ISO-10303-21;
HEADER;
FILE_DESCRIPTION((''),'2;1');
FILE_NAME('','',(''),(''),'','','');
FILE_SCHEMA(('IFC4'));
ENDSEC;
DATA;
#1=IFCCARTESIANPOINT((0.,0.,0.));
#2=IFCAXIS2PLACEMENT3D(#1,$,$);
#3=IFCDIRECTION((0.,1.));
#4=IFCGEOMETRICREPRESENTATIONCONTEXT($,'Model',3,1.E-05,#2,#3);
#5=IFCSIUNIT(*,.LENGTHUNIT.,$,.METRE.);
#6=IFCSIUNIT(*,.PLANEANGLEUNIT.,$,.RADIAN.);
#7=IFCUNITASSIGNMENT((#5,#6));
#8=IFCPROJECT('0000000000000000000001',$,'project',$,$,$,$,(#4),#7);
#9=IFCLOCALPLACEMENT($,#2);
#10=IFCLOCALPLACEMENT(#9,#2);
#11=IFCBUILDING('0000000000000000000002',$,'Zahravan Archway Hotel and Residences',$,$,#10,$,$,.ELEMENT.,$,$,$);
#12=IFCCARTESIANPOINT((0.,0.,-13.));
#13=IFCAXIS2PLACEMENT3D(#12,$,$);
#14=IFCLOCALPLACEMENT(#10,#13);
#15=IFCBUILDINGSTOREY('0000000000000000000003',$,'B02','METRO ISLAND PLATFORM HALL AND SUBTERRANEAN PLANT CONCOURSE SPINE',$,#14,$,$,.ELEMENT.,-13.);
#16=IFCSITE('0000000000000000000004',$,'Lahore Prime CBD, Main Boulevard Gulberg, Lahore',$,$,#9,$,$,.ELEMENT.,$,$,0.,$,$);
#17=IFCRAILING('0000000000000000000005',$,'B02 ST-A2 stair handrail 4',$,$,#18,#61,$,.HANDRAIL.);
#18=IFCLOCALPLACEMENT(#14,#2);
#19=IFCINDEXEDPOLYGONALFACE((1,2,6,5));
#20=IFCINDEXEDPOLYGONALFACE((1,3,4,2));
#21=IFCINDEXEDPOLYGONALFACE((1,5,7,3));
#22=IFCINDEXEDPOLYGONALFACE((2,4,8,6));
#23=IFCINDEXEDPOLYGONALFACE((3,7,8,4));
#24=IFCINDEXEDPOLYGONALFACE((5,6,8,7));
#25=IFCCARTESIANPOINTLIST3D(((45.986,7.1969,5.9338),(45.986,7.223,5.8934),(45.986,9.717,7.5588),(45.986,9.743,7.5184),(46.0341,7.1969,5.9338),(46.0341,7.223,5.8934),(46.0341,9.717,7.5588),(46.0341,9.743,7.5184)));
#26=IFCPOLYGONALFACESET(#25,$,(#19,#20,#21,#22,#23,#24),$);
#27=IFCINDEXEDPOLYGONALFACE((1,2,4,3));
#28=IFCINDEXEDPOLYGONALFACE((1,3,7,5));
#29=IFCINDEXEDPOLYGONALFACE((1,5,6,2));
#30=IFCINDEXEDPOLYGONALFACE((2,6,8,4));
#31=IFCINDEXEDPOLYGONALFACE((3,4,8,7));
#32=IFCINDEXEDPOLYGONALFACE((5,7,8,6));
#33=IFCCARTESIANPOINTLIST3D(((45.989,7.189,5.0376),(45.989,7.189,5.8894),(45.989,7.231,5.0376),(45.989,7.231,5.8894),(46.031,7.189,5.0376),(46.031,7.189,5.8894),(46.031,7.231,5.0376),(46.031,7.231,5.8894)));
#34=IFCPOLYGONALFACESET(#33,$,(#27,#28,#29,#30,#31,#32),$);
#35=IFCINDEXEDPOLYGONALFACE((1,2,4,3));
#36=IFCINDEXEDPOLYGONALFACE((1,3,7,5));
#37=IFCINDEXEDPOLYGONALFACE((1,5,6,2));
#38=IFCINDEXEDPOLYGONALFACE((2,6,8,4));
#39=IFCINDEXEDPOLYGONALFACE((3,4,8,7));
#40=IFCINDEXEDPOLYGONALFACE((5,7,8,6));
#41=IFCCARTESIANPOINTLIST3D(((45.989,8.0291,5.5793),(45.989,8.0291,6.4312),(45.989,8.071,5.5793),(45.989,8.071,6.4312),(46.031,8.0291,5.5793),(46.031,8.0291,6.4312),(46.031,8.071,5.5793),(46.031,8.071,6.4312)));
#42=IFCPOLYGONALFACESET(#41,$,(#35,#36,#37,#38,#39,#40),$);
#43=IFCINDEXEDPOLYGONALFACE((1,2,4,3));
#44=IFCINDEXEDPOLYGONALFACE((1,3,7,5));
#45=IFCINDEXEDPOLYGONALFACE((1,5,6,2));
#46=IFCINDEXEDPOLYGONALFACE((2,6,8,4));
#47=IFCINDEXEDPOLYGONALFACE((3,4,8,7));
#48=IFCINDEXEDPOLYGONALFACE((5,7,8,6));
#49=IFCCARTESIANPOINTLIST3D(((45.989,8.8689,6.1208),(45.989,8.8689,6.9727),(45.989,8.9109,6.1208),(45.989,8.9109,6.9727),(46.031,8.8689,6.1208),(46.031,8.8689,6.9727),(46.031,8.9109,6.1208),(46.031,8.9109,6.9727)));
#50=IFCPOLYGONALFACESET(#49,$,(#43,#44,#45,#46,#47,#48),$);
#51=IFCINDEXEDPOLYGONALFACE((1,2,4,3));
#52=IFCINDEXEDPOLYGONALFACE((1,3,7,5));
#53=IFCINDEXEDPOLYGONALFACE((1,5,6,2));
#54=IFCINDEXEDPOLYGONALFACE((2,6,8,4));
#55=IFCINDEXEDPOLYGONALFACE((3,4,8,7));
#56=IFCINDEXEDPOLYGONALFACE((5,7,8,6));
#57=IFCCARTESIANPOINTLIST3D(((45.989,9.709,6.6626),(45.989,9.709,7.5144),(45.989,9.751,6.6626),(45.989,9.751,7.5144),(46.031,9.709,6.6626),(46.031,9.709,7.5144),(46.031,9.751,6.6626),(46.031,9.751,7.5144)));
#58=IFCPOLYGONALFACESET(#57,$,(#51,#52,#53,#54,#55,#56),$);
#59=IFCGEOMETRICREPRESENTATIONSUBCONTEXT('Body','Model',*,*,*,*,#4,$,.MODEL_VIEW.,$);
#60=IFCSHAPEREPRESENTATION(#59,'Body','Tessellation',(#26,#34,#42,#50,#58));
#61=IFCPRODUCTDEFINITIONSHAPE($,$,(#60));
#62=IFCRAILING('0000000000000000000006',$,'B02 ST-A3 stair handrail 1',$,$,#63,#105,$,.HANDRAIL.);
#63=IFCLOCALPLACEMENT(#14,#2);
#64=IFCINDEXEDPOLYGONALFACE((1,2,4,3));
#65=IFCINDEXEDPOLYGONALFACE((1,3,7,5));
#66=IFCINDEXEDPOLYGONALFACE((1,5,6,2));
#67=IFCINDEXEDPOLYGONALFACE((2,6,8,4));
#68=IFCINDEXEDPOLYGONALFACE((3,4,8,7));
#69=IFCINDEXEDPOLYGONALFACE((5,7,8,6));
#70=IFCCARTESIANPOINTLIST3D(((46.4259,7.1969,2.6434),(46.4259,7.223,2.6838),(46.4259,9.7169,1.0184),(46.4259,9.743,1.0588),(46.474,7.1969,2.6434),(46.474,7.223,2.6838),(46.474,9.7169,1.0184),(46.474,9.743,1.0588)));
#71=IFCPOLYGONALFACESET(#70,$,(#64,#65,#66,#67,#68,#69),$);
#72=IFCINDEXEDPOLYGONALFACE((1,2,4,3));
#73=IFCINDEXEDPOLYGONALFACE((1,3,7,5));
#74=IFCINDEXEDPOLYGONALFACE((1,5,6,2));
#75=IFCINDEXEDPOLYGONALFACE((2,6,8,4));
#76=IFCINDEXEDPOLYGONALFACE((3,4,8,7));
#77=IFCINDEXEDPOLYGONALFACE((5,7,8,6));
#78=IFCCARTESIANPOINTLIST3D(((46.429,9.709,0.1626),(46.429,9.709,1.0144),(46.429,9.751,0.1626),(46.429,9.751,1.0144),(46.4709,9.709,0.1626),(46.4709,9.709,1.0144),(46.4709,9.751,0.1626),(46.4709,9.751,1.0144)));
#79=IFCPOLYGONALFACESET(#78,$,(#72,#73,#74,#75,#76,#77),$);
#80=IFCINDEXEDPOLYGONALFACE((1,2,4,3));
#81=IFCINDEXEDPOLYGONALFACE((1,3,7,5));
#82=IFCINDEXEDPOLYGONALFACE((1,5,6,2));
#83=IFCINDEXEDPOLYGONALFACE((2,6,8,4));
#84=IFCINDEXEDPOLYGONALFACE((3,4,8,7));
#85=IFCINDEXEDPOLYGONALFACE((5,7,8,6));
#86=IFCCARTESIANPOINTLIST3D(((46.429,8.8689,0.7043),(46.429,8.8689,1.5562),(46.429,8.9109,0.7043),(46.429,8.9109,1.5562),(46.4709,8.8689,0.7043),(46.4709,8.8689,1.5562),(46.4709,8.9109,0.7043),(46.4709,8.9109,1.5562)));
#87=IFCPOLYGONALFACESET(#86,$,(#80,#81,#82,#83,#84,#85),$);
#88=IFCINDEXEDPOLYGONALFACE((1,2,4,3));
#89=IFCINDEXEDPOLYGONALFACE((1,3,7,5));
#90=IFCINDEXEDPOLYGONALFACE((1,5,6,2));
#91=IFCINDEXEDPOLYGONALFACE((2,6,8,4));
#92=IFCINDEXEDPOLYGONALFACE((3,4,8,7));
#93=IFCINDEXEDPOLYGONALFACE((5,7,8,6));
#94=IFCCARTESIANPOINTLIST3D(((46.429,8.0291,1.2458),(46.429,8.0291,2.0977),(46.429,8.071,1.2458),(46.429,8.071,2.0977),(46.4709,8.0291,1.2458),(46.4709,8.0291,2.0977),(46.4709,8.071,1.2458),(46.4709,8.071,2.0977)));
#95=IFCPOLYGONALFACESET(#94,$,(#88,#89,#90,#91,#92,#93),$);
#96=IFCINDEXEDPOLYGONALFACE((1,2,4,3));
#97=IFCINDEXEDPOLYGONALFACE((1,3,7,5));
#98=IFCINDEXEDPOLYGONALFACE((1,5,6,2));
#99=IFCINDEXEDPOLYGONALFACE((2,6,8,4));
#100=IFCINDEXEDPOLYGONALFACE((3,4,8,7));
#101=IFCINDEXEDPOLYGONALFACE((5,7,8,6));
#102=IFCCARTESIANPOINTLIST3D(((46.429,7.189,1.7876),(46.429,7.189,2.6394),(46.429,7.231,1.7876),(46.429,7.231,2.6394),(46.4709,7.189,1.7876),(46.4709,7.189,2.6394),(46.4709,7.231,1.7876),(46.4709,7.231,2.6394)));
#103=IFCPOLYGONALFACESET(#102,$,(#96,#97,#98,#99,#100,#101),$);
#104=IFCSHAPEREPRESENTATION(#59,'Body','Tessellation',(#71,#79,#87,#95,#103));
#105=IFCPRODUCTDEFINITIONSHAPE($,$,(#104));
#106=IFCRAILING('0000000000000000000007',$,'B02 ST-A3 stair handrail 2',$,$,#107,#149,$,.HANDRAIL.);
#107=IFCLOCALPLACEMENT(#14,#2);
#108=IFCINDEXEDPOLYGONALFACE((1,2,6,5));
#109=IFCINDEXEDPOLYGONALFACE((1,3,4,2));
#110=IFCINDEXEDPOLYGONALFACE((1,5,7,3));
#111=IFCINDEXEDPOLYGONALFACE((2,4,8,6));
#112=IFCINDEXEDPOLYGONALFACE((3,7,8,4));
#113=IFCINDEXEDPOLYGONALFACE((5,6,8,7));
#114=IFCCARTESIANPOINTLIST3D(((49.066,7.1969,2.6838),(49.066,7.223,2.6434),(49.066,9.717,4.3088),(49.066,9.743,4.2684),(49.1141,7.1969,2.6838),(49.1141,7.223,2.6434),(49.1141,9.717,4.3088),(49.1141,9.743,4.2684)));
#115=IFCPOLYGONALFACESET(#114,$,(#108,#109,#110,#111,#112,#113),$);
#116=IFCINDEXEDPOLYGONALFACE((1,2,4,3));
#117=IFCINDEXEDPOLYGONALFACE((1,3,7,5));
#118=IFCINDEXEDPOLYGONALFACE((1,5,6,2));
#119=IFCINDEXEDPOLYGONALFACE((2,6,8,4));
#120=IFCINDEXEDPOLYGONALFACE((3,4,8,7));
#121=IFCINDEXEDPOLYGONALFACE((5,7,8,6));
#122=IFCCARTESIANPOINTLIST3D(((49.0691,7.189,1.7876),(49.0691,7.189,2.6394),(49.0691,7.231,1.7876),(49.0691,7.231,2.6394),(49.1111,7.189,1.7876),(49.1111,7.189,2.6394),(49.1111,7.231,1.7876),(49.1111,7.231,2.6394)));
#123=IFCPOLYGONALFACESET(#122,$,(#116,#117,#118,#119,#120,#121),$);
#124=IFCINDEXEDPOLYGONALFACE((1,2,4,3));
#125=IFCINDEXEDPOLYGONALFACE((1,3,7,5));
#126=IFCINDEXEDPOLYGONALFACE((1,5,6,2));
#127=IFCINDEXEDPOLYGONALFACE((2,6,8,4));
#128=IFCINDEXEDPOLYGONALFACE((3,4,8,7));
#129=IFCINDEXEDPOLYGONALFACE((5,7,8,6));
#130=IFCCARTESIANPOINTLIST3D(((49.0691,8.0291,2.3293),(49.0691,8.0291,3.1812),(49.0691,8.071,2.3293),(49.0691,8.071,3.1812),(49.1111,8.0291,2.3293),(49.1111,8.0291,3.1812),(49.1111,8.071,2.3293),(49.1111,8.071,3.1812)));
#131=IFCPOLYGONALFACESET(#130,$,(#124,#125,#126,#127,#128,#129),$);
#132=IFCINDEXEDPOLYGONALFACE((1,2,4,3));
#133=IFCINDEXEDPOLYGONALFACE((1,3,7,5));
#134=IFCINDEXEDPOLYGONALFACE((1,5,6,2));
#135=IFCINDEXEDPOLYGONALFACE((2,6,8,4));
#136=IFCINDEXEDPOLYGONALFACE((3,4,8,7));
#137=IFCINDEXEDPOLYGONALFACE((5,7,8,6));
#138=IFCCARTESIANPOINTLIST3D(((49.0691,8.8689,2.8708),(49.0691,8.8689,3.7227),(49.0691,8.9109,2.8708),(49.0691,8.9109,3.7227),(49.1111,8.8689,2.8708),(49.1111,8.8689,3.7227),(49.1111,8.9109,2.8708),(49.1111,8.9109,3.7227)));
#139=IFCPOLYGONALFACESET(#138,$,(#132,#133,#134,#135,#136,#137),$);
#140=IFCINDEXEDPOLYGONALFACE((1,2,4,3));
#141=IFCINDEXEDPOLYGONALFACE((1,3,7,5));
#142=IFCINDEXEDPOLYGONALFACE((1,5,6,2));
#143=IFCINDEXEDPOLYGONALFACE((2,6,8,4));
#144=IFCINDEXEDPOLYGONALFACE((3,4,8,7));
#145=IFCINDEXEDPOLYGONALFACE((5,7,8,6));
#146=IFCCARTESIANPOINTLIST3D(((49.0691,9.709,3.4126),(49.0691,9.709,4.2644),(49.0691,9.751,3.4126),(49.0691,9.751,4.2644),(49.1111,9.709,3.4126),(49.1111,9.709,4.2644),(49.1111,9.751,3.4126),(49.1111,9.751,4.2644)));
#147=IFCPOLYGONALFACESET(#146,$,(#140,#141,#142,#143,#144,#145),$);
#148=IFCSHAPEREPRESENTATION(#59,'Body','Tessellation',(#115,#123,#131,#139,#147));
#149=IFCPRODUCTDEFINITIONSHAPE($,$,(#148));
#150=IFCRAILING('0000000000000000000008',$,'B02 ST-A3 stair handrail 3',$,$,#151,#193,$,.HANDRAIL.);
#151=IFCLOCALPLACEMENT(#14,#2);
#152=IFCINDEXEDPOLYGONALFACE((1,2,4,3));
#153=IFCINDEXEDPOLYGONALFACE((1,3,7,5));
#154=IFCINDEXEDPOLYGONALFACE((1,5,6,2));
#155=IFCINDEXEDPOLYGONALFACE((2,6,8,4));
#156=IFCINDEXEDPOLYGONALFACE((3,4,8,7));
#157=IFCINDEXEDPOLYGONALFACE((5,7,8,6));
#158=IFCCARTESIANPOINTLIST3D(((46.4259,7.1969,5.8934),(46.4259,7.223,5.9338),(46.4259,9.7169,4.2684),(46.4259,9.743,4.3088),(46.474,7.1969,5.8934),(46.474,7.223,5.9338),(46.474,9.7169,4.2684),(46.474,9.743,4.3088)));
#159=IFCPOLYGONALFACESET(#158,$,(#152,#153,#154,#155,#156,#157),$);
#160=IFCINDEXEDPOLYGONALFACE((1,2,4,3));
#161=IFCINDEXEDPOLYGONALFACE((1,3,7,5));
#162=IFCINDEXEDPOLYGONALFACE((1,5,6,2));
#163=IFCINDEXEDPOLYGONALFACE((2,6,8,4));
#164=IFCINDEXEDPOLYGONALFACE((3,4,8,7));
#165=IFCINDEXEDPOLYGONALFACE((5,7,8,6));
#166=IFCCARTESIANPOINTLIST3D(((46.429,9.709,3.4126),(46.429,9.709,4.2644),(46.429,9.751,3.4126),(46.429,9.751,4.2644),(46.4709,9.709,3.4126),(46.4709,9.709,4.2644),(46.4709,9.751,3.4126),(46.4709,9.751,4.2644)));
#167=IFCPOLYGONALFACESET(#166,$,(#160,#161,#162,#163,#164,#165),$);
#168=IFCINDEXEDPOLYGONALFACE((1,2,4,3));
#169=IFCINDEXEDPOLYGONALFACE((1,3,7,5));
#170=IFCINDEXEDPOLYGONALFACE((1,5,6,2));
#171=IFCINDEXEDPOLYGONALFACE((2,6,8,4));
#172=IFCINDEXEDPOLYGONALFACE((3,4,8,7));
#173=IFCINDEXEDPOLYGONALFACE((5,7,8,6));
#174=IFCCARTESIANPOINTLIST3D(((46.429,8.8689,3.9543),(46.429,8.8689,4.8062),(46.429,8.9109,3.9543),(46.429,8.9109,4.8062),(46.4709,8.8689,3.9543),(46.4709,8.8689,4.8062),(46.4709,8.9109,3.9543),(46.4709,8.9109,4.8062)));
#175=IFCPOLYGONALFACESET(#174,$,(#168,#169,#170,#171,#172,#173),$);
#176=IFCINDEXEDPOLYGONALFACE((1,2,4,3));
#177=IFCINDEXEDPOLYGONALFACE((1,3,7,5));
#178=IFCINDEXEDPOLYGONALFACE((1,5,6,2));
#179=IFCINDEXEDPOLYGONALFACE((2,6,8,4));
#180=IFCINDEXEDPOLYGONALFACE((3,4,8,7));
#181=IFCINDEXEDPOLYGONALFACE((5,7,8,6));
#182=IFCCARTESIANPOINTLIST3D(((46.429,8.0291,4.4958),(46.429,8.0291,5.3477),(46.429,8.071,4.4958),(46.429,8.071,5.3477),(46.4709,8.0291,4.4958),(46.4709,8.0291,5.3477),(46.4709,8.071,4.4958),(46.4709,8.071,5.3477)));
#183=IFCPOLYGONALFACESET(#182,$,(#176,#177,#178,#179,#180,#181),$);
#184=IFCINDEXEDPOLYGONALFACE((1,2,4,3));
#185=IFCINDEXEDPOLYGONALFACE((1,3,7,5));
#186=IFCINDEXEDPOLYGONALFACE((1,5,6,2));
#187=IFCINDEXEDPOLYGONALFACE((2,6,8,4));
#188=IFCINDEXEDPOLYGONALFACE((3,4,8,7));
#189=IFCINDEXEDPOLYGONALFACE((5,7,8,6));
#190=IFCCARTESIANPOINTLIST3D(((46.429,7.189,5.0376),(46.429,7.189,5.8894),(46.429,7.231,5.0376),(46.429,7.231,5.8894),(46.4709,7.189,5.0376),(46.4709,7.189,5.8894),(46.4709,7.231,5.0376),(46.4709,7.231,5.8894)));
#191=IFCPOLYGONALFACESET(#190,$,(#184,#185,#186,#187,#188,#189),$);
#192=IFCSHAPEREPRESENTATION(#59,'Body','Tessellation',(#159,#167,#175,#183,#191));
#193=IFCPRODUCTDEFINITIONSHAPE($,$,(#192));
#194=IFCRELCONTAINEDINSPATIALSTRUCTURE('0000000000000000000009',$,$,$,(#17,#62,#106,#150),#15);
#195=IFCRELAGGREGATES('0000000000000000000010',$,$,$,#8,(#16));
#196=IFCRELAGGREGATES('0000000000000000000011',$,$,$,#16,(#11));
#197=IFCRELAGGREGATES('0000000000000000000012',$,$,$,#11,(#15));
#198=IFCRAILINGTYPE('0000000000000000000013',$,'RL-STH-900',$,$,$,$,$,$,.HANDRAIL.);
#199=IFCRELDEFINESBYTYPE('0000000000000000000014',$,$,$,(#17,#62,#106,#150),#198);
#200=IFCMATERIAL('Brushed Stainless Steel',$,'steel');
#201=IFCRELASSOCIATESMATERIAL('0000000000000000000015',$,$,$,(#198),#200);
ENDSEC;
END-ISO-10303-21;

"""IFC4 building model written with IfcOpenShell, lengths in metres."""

from ifc_helpers import new_model, si_unit, direction, frame, origin, origin_2d, place, context, subcontext, project, spatial, rectangle, extrude, material, type_object, element, save


model = new_model("IFC4")

# Units and contexts
model_context = context("Model", 3, precision=1e-05, world=origin(), true_north=direction((0.0, 1.0)))
body_context = subcontext(model_context, "Body", "Model", "MODEL_VIEW")
ifc_project = project(units=[si_unit("LENGTHUNIT", "METRE"), si_unit("PLANEANGLEUNIT", "RADIAN")], contexts=[model_context])

# Site, building, storey
site_placement = place(None, origin())
site = spatial("IfcSite", under=ifc_project, at=site_placement, Name="Lahore Prime CBD, Main Boulevard Gulberg, Lahore", CompositionType="ELEMENT", RefElevation=0.0)
building_placement = place(site_placement, origin())
building = spatial("IfcBuilding", under=site, at=building_placement, Name="Zahravan Archway Hotel and Residences", CompositionType="ELEMENT")
storey_placement = place(building_placement, frame((0.0, 0.0, -13.0)))
storey = spatial("IfcBuildingStorey", under=building, at=storey_placement, Name="B02", Description="METRO ISLAND PLATFORM HALL AND SUBTERRANEAN PLANT CONCOURSE SPINE", CompositionType="ELEMENT", Elevation=-13.0)

# Railings
ifc_material_1 = material(Name="Brushed Stainless Steel", Category="steel")
railing_type_1 = type_object("IfcRailingType", Name="RL-STH-900", PredefinedType="HANDRAIL", material=ifc_material_1)
for number, where, name in (
    (1, (46.01, 7.21, 5.0376), "B02 ST-A2 stair handrail 4"),
):
    element("IfcRailing", number, at=place(storey_placement, frame(where)), inside=storey, type_object=railing_type_1, Name=name, PredefinedType="HANDRAIL", context=body_context, shape_type="SweptSolid", body=[
        extrude(rectangle(XDim=0.0481, YDim=0.0481, at=origin_2d()), frame((0.0, 0.0, 0.876), z_axis=(0.0, 0.840421, 0.541934), x_axis=(-1.0, 0.0, 0.0)), (0.0, 0.0, 1.0), 2.9985),
        extrude(rectangle(XDim=0.042, YDim=0.042, at=origin_2d()), origin(), (0.0, 0.0, 1.0), 0.8518),
        extrude(rectangle(XDim=0.042, YDim=0.042, at=origin_2d()), frame((0.0, 0.8401, 0.5417)), (0.0, 0.0, 1.0), 0.8518),
        extrude(rectangle(XDim=0.042, YDim=0.042, at=origin_2d()), frame((0.0, 1.6799, 1.0833)), (0.0, 0.0, 1.0), 0.8518),
        extrude(rectangle(XDim=0.042, YDim=0.042, at=origin_2d()), frame((0.0, 2.52, 1.625)), (0.0, 0.0, 1.0), 0.8518),
    ])
railing_1_placement = place(storey_placement, frame((46.45, 9.73, 0.1626)))
element("IfcRailing", 2, at=railing_1_placement, inside=storey, type_object=railing_type_1, Name="B02 ST-A3 stair handrail 1", PredefinedType="HANDRAIL", context=body_context, shape_type="SweptSolid", body=[
    extrude(rectangle(XDim=0.0481, YDim=0.0481, at=origin_2d()), frame((0.0, 0.0, 0.876), z_axis=(0.0, -0.840421, 0.541934), x_axis=(1.0, 0.0, 0.0)), (0.0, 0.0, 1.0), 2.9985),
    extrude(rectangle(XDim=0.042, YDim=0.042, at=origin_2d()), origin(), (0.0, 0.0, 1.0), 0.8518),
    extrude(rectangle(XDim=0.042, YDim=0.042, at=origin_2d()), frame((0.0, -0.8401, 0.5417)), (0.0, 0.0, 1.0), 0.8518),
    extrude(rectangle(XDim=0.042, YDim=0.042, at=origin_2d()), frame((0.0, -1.6799, 1.0833)), (0.0, 0.0, 1.0), 0.8518),
    extrude(rectangle(XDim=0.042, YDim=0.042, at=origin_2d()), frame((0.0, -2.52, 1.625)), (0.0, 0.0, 1.0), 0.8518),
])
railing_2_placement = place(storey_placement, frame((49.0901, 7.21, 1.7876)))
element("IfcRailing", 3, at=railing_2_placement, inside=storey, type_object=railing_type_1, Name="B02 ST-A3 stair handrail 2", PredefinedType="HANDRAIL", context=body_context, shape_type="SweptSolid", body=[
    extrude(rectangle(XDim=0.0481, YDim=0.0481, at=origin_2d()), frame((0.0, 0.0, 0.876), z_axis=(0.0, 0.840421, 0.541934), x_axis=(-1.0, 0.0, 0.0)), (0.0, 0.0, 1.0), 2.9985),
    extrude(rectangle(XDim=0.042, YDim=0.042, at=origin_2d()), origin(), (0.0, 0.0, 1.0), 0.8518),
    extrude(rectangle(XDim=0.042, YDim=0.042, at=origin_2d()), frame((0.0, 0.8401, 0.5417)), (0.0, 0.0, 1.0), 0.8518),
    extrude(rectangle(XDim=0.042, YDim=0.042, at=origin_2d()), frame((0.0, 1.6799, 1.0833)), (0.0, 0.0, 1.0), 0.8518),
    extrude(rectangle(XDim=0.042, YDim=0.042, at=origin_2d()), frame((0.0, 2.52, 1.625)), (0.0, 0.0, 1.0), 0.8518),
])
railing_3_placement = place(storey_placement, frame((46.45, 9.73, 3.4126)))
element("IfcRailing", 4, at=railing_3_placement, inside=storey, type_object=railing_type_1, Name="B02 ST-A3 stair handrail 3", PredefinedType="HANDRAIL", context=body_context, shape_type="SweptSolid", body=[
    extrude(rectangle(XDim=0.0481, YDim=0.0481, at=origin_2d()), frame((0.0, 0.0, 0.876), z_axis=(0.0, -0.840421, 0.541934), x_axis=(1.0, 0.0, 0.0)), (0.0, 0.0, 1.0), 2.9985),
    extrude(rectangle(XDim=0.042, YDim=0.042, at=origin_2d()), origin(), (0.0, 0.0, 1.0), 0.8518),
    extrude(rectangle(XDim=0.042, YDim=0.042, at=origin_2d()), frame((0.0, -0.8401, 0.5417)), (0.0, 0.0, 1.0), 0.8518),
    extrude(rectangle(XDim=0.042, YDim=0.042, at=origin_2d()), frame((0.0, -1.6799, 1.0833)), (0.0, 0.0, 1.0), 0.8518),
    extrude(rectangle(XDim=0.042, YDim=0.042, at=origin_2d()), frame((0.0, -2.52, 1.625)), (0.0, 0.0, 1.0), 0.8518),
])

save(model, "model.ifc")
